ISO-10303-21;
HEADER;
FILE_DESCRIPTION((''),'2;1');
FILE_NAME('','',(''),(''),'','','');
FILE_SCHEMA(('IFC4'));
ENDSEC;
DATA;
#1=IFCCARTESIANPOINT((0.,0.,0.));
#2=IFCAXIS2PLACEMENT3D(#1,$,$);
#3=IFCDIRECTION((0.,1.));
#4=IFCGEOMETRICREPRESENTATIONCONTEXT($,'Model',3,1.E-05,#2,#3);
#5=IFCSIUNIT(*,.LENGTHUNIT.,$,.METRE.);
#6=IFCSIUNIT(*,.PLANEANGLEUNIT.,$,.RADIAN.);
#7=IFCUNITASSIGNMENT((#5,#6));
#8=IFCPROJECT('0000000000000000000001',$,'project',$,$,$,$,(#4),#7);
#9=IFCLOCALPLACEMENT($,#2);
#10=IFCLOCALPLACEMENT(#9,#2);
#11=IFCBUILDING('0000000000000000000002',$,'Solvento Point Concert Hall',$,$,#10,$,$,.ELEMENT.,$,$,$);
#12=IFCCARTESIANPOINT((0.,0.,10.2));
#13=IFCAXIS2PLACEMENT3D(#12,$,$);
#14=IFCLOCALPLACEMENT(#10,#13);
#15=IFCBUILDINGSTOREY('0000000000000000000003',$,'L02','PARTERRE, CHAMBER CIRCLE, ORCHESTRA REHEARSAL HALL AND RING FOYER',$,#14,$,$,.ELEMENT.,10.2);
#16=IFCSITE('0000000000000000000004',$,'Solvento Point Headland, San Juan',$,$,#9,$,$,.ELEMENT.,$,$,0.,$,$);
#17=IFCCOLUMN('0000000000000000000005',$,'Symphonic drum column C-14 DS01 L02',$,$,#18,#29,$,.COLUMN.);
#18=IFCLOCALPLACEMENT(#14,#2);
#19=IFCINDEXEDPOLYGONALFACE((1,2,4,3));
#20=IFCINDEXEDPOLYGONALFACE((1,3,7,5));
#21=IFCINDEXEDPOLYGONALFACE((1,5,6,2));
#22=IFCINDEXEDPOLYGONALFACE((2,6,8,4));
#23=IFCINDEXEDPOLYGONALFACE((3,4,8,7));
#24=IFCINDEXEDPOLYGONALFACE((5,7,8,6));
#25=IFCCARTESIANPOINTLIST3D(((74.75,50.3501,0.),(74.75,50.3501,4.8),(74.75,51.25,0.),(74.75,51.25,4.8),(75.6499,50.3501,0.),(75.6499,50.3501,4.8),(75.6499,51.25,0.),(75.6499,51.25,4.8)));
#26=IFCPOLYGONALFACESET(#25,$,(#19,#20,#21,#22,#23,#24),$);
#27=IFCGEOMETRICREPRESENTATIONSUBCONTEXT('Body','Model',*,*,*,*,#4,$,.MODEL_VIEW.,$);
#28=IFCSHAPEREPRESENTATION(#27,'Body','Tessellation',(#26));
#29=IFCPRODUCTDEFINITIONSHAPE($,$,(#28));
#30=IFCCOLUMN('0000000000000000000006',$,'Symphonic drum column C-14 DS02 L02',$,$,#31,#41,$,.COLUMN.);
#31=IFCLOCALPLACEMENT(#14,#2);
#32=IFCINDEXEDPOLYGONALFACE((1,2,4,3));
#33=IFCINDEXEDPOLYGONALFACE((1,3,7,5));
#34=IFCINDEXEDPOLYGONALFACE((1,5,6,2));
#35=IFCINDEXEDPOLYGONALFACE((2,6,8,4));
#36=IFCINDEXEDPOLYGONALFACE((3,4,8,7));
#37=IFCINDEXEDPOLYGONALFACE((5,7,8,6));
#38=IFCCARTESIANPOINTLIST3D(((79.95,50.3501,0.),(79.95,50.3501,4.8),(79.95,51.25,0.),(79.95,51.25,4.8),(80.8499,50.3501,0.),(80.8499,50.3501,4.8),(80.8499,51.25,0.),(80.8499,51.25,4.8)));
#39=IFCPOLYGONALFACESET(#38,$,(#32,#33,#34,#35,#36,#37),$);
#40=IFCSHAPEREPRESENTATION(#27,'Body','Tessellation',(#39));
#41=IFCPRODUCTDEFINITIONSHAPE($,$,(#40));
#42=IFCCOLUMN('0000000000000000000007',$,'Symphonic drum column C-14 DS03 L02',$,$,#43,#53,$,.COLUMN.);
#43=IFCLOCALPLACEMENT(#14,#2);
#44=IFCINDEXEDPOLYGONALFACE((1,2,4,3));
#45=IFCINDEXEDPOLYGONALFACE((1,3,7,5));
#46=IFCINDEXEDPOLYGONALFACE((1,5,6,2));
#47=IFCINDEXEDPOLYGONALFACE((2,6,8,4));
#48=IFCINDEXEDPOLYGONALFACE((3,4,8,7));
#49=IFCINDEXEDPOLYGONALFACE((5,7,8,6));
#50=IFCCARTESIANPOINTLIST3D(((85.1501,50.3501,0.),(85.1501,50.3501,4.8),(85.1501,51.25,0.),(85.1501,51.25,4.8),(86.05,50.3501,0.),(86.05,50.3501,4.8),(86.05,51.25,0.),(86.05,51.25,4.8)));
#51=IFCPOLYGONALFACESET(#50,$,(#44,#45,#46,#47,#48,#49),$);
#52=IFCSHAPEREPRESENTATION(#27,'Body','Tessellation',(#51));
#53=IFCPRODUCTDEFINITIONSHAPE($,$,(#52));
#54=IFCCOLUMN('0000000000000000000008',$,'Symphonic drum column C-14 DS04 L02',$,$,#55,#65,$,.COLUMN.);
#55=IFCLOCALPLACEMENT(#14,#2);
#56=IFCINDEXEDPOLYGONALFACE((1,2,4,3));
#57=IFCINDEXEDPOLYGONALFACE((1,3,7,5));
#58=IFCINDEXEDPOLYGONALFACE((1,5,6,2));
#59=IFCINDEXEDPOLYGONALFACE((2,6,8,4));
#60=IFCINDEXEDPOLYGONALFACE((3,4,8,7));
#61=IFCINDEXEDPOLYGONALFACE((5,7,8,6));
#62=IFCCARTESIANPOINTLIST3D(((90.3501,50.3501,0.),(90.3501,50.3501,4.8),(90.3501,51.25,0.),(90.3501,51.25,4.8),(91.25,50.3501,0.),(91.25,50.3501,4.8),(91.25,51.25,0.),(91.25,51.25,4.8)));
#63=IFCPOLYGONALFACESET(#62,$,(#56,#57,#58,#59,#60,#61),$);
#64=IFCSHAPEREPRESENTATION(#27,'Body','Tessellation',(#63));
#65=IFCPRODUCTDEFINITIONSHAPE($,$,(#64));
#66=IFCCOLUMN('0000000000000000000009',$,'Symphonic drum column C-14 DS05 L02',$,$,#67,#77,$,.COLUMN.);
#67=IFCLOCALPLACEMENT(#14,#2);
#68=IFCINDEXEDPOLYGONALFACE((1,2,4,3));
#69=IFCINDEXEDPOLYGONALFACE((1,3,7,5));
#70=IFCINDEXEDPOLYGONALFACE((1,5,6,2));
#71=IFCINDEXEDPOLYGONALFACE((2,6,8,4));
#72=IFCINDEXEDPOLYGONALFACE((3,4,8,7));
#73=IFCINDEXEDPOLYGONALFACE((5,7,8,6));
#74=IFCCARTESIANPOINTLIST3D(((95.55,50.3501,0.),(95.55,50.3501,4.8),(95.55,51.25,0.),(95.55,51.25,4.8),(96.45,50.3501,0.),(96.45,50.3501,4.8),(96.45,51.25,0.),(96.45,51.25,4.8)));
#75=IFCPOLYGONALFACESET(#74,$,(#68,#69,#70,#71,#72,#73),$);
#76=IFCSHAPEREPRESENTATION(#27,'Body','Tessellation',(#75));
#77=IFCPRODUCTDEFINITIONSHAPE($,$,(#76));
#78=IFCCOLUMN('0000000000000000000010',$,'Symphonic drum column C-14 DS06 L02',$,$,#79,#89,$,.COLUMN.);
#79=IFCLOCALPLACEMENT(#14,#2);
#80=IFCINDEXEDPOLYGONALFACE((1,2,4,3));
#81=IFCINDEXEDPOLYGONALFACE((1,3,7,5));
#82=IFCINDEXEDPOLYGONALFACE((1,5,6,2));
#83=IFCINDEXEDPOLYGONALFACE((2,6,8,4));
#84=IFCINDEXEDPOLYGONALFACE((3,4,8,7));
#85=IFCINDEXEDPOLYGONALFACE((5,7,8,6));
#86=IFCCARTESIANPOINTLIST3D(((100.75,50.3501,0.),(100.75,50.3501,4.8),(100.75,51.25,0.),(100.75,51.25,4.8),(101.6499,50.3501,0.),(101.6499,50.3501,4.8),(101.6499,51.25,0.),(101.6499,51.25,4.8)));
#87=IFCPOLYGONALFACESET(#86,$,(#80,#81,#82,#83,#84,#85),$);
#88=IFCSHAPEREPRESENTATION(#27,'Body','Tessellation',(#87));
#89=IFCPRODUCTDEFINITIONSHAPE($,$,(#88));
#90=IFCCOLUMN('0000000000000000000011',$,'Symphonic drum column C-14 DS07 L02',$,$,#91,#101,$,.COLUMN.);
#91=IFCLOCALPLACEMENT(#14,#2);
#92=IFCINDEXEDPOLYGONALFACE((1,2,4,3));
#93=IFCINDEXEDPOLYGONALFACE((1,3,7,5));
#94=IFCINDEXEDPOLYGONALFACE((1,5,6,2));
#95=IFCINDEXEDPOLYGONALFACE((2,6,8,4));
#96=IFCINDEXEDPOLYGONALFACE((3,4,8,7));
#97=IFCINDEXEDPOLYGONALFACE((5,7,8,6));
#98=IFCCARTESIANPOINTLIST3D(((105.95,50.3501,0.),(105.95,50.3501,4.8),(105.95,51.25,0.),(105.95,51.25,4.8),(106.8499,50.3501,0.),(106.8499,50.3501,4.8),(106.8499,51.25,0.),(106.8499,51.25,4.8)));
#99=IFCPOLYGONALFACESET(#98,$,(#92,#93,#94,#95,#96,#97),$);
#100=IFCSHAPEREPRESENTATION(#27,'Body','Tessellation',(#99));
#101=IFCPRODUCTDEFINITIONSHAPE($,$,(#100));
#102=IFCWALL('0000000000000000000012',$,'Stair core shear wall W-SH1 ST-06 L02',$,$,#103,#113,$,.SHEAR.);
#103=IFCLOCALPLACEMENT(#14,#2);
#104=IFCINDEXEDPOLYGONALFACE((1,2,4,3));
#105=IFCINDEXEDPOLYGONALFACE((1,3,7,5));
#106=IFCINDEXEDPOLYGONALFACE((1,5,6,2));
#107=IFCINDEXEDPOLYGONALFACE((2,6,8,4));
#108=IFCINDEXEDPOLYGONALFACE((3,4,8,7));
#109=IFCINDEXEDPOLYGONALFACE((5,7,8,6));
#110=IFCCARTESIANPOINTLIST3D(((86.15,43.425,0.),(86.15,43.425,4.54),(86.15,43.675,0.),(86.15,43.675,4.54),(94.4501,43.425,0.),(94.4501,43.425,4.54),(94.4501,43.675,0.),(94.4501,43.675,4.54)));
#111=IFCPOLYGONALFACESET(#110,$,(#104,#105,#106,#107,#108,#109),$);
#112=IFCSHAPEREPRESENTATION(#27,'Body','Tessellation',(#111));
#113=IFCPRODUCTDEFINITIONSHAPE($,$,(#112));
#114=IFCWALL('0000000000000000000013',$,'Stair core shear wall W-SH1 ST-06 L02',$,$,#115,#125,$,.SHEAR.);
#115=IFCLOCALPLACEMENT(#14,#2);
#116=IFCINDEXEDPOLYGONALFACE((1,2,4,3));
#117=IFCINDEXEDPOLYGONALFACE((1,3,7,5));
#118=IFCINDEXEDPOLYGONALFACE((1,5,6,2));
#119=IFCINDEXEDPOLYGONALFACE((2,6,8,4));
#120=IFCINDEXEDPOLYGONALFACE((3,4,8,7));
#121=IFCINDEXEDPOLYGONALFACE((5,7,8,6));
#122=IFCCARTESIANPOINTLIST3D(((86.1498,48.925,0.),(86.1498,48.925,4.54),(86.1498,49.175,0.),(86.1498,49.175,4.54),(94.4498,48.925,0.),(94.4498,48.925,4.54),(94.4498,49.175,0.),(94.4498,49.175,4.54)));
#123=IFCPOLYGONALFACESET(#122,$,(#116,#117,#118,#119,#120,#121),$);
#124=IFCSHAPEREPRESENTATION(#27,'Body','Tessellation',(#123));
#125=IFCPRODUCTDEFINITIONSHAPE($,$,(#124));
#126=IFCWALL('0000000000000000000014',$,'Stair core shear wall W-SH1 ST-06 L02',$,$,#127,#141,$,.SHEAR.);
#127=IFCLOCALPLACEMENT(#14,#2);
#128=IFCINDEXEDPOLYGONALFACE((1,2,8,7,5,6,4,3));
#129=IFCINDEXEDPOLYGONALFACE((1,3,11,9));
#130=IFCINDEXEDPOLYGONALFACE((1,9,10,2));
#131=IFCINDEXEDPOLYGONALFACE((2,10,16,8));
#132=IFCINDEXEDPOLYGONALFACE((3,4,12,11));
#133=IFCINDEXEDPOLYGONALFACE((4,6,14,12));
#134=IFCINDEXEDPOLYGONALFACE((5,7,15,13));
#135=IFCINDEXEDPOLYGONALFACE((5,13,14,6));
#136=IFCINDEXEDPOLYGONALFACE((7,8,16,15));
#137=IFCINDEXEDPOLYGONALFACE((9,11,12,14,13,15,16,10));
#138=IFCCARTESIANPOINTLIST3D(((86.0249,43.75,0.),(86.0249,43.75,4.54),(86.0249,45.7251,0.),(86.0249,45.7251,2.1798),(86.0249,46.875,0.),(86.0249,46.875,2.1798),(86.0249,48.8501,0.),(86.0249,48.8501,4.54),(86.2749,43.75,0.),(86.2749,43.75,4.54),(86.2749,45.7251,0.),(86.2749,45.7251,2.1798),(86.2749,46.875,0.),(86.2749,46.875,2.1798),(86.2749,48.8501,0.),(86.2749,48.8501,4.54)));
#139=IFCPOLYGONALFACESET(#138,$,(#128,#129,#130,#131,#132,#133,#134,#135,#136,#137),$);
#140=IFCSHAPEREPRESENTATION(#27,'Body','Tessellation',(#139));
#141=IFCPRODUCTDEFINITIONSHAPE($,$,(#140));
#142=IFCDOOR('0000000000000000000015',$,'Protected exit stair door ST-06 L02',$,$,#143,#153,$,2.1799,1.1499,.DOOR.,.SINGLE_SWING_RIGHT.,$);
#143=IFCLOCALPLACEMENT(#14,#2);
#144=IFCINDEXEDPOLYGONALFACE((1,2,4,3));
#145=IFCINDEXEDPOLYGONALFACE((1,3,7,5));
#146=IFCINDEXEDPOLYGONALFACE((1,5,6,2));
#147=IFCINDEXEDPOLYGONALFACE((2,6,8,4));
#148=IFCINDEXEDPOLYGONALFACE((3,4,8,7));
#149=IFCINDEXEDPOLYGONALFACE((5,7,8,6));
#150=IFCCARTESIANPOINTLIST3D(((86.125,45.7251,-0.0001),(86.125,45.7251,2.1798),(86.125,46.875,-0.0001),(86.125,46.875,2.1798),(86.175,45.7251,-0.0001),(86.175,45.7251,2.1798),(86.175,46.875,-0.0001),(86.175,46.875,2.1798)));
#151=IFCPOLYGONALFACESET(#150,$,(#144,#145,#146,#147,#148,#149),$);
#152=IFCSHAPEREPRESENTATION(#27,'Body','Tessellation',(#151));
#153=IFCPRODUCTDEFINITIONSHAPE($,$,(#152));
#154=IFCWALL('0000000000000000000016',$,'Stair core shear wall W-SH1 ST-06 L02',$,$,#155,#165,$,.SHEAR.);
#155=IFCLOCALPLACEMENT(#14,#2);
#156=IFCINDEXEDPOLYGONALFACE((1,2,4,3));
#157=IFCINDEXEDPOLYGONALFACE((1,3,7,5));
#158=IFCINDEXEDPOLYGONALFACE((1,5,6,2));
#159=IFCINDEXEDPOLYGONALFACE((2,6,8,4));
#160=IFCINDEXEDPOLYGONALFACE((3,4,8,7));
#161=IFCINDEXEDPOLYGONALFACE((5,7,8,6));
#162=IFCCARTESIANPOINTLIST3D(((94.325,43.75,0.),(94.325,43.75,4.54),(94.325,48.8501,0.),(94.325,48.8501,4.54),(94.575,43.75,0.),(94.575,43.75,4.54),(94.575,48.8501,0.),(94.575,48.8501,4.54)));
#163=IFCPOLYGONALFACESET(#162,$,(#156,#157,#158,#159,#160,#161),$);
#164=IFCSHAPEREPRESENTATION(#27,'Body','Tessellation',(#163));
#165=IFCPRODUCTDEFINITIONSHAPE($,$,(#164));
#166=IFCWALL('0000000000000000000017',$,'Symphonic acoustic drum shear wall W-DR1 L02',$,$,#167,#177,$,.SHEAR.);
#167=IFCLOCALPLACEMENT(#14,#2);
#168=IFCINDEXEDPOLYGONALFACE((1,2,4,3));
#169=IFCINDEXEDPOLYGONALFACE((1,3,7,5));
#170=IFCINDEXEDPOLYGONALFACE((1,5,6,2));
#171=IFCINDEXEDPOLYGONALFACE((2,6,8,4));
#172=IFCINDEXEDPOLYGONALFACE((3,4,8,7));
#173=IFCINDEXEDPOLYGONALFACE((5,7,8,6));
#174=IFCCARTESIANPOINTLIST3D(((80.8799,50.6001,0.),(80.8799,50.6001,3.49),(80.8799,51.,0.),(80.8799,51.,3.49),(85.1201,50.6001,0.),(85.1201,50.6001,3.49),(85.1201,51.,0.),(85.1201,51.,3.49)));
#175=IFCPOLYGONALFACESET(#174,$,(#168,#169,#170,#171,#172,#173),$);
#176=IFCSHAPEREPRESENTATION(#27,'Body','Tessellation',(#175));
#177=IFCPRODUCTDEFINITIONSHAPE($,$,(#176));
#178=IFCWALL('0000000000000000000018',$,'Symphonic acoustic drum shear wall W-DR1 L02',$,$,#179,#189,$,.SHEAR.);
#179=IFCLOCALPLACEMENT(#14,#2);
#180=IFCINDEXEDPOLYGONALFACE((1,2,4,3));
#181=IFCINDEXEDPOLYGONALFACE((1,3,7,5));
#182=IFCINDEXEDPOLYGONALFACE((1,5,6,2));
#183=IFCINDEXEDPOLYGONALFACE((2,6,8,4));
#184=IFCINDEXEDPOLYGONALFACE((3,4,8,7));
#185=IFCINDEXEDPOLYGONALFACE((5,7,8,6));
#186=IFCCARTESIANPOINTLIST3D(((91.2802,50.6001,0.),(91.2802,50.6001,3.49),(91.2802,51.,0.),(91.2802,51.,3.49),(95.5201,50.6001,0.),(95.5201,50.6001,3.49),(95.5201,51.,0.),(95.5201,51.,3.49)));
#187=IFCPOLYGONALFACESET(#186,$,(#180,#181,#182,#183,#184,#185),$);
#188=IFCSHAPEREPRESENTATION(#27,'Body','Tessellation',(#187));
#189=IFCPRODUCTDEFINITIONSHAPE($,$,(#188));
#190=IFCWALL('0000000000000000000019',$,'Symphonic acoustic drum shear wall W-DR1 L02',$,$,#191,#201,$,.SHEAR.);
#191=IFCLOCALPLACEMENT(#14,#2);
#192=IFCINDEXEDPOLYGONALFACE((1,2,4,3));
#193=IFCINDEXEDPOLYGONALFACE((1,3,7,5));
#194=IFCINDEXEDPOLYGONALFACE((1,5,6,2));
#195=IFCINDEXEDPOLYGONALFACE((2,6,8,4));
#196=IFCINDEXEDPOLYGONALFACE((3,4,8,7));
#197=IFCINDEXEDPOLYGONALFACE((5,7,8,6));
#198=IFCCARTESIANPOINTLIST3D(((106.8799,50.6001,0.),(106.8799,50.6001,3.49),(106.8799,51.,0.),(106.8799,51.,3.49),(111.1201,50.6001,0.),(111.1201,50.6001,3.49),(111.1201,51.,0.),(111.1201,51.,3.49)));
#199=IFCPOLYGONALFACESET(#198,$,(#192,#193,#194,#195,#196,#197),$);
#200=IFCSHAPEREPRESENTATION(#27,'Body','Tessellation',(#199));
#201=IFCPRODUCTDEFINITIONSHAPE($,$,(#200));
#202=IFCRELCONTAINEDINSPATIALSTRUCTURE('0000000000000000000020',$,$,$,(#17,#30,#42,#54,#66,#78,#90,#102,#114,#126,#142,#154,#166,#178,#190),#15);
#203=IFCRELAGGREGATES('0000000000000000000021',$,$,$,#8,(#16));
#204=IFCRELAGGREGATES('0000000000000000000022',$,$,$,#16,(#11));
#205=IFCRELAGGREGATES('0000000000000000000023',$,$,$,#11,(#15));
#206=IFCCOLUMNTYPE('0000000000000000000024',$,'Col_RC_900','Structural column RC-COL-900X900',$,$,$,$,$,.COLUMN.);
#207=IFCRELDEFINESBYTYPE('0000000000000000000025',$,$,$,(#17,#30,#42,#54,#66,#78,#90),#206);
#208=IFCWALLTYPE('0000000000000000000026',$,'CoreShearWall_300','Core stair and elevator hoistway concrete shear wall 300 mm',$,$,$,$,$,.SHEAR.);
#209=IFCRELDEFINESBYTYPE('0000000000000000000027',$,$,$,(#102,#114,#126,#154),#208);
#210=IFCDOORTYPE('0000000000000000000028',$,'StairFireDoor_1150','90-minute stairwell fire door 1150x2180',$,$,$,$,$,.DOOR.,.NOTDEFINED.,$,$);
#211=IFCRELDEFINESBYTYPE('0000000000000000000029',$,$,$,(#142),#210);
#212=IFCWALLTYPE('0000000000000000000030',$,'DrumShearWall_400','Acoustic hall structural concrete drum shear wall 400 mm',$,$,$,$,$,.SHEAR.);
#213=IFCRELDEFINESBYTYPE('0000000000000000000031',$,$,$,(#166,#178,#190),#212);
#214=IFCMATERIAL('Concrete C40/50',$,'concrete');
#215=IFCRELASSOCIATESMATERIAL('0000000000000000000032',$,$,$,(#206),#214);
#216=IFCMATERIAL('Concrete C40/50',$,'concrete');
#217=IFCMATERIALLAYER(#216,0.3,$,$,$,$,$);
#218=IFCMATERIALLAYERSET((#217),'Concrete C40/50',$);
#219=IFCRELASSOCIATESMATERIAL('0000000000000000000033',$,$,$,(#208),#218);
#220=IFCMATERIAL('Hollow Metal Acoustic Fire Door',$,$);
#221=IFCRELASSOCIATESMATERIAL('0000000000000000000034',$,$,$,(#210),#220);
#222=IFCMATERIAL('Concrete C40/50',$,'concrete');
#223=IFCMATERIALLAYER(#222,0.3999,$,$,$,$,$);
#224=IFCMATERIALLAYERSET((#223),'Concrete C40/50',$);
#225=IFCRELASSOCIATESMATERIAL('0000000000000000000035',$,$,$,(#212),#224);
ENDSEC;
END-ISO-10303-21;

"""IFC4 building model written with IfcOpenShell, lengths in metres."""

from ifc_helpers import new_model, si_unit, direction, frame, frame_2d, origin, origin_2d, place, context, subcontext, project, spatial, rectangle, extrude, material, layer, layer_set, material_profile, profile_set, type_object, element, fill, save


model = new_model("IFC4")

# Units and contexts
model_context = context("Model", 3, precision=1e-05, world=origin(), true_north=direction((0.0, 1.0)))
body_context = subcontext(model_context, "Body", "Model", "MODEL_VIEW")
ifc_project = project(units=[si_unit("LENGTHUNIT", "METRE"), si_unit("PLANEANGLEUNIT", "RADIAN")], contexts=[model_context])

# Site, building, storey
site_placement = place(None, origin())
site = spatial("IfcSite", under=ifc_project, at=site_placement, Name="Solvento Point Headland, San Juan", CompositionType="ELEMENT", RefElevation=0.0)
building_placement = place(site_placement, origin())
building = spatial("IfcBuilding", under=site, at=building_placement, Name="Solvento Point Concert Hall", CompositionType="ELEMENT")
storey_placement = place(building_placement, frame((0.0, 0.0, 10.2)))
storey = spatial("IfcBuildingStorey", under=building, at=storey_placement, Name="L02", Description="PARTERRE, CHAMBER CIRCLE, ORCHESTRA REHEARSAL HALL AND RING FOYER", CompositionType="ELEMENT", Elevation=10.2)

# Columns
ifc_material_1 = material(Name="Concrete C40/50", Category="concrete")
ifc_material_profile = material_profile(ifc_material_1, rectangle(XDim=0.8999, YDim=0.8999, at=origin_2d()), Name="RC-COL-900X900")
ifc_profile_set = profile_set([ifc_material_profile], Name="Concrete C40/50")
column_type = type_object("IfcColumnType", Name="Col_RC_900", Description="Structural column RC-COL-900X900", PredefinedType="COLUMN", material=ifc_profile_set)
for number, where, z_axis, x_axis, name in (
    (1, (75.2, 50.8, 0.0), (0.0, 0.0, 1.0), (1.0, 0.0, 0.0), "Symphonic drum column C-14 DS01 L02"),
    (2, (80.3999, 50.8, 0.0), (0.0, 0.0, 1.0), (1.0, 0.0, 0.0), "Symphonic drum column C-14 DS02 L02"),
    (3, (85.6001, 50.8, 0.0), (0.0, 0.0, 1.0), (1.0, 0.0, 0.0), "Symphonic drum column C-14 DS03 L02"),
    (4, (90.8, 50.8, 0.0), (0.0, 0.0, 1.0), (1.0, 0.0, 0.0), "Symphonic drum column C-14 DS04 L02"),
    (5, (96.0, 50.8, 0.0), (0.0, 0.0, 1.0), (1.0, 0.0, 0.0), "Symphonic drum column C-14 DS05 L02"),
    (6, (101.2, 50.8, 0.0), (0.0, 0.0, 1.0), (1.0, 0.0, 0.0), "Symphonic drum column C-14 DS06 L02"),
    (7, (106.3999, 50.8, 0.0), (0.0, 0.0, 1.0), (1.0, 0.0, 0.0), "Symphonic drum column C-14 DS07 L02"),
):
    element("IfcColumn", number, at=place(storey_placement, frame(where, z_axis=z_axis, x_axis=x_axis)), inside=storey, type_object=column_type, Name=name, PredefinedType="COLUMN", context=body_context, shape_type="SweptSolid", body=[
        extrude(rectangle(XDim=0.8999, YDim=0.8999, at=origin_2d()), origin(), (0.0, 0.0, 1.0), 4.8),
    ])

# Walls
ifc_material_2 = material(Name="Concrete C40/50", Category="concrete")
ifc_layer_1 = layer(ifc_material_2, 0.3)
ifc_layer_set_1 = layer_set([ifc_layer_1], Name="Concrete C40/50")
wall_type_1 = type_object("IfcWallType", Name="CoreShearWall_300", Description="Core stair and elevator hoistway concrete shear wall 300 mm", PredefinedType="SHEAR", material=ifc_layer_set_1)
for number, where, z_axis, x_axis, name in (
    (8, (94.45, 43.55, 0.0), (0.0, 0.0, 1.0), (-1.0, 0.0, 0.0), "Stair core shear wall W-SH1 ST-06 L02"),
    (9, (86.1499, 49.05, 0.0), (0.0, 0.0, 1.0), (1.0, 0.0, 0.0), "Stair core shear wall W-SH1 ST-06 L02"),
):
    element("IfcWall", number, at=place(storey_placement, frame(where, z_axis=z_axis, x_axis=x_axis)), inside=storey, type_object=wall_type_1, Name=name, PredefinedType="SHEAR", context=body_context, shape_type="SweptSolid", body=[
        extrude(rectangle(XDim=8.3, YDim=0.25, at=frame_2d((4.1499, 0.0))), origin(), (0.0, 0.0, 1.0), 4.54),
    ])

# Wall, opening, door
wall_1_placement = place(storey_placement, frame((86.1499, 43.75, 0.0), z_axis=(0.0, 0.0, 1.0), x_axis=(0.0, 1.0, 0.0)))
wall_1 = element("IfcWall", 10, at=wall_1_placement, inside=storey, type_object=wall_type_1, Name="Stair core shear wall W-SH1 ST-06 L02", PredefinedType="SHEAR", context=body_context, shape_type="SweptSolid", body=[
    extrude(rectangle(XDim=5.1001, YDim=0.25, at=frame_2d((2.55, 0.0))), origin(), (0.0, 0.0, 1.0), 4.54),
])
opening_placement = place(wall_1_placement, frame((1.9751, 0.0, 0.0)))
opening = element("IfcOpeningElement", 11, at=opening_placement, cuts=wall_1, PredefinedType="OPENING", context=body_context, shape_type="SweptSolid", body=[
    extrude(rectangle(XDim=1.1499, YDim=2.1799, at=frame_2d((0.575, 1.0898))), frame((0.0, 0.135, 0.0), z_axis=(0.0, -1.0, 0.0), x_axis=(1.0, 0.0, 0.0)), (0.0, 0.0, 1.0), 0.27),
])
ifc_material_3 = material(Name="Hollow Metal Acoustic Fire Door")
door_type = type_object("IfcDoorType", Name="StairFireDoor_1150", Description="90-minute stairwell fire door 1150x2180", OperationType="NOTDEFINED", PredefinedType="DOOR", material=ifc_material_3)
door_placement = place(opening_placement, origin())
door = element("IfcDoor", 12, at=door_placement, inside=storey, type_object=door_type, Name="Protected exit stair door ST-06 L02", OperationType="SINGLE_SWING_RIGHT", OverallHeight=2.1799, OverallWidth=1.1499, PredefinedType="DOOR", context=body_context, shape_type="SweptSolid", body=[
    extrude(rectangle(XDim=1.1499, YDim=2.1799, at=frame_2d((0.575, 1.0898))), frame((0.0, 0.0249, 0.0), z_axis=(0.0, -1.0, 0.0), x_axis=(1.0, 0.0, 0.0)), (0.0, 0.0, 1.0), 0.05),
])
fill(opening, door)

# Walls
wall_2_placement = place(storey_placement, frame((94.45, 48.8501, 0.0), z_axis=(0.0, 0.0, 1.0), x_axis=(0.0, -1.0, 0.0)))
element("IfcWall", 13, at=wall_2_placement, inside=storey, type_object=wall_type_1, Name="Stair core shear wall W-SH1 ST-06 L02", PredefinedType="SHEAR", context=body_context, shape_type="SweptSolid", body=[
    extrude(rectangle(XDim=5.1001, YDim=0.25, at=frame_2d((2.55, 0.0))), origin(), (0.0, 0.0, 1.0), 4.54),
])
ifc_material_4 = material(Name="Concrete C40/50", Category="concrete")
ifc_layer_2 = layer(ifc_material_4, 0.3999)
ifc_layer_set_2 = layer_set([ifc_layer_2], Name="Concrete C40/50")
wall_type_2 = type_object("IfcWallType", Name="DrumShearWall_400", Description="Acoustic hall structural concrete drum shear wall 400 mm", PredefinedType="SHEAR", material=ifc_layer_set_2)
wall_3_placement = place(storey_placement, frame((80.8799, 50.8, 0.0), z_axis=(0.0, 0.0, 1.0), x_axis=(1.0, 0.0, 0.0)))
element("IfcWall", 14, at=wall_3_placement, inside=storey, type_object=wall_type_2, Name="Symphonic acoustic drum shear wall W-DR1 L02", PredefinedType="SHEAR", context=body_context, shape_type="SweptSolid", body=[
    extrude(rectangle(XDim=4.2402, YDim=0.3999, at=frame_2d((2.1201, 0.0))), origin(), (0.0, 0.0, 1.0), 3.49),
])
wall_4_placement = place(storey_placement, frame((91.28, 50.8, 0.0), z_axis=(0.0, 0.0, 1.0), x_axis=(1.0, 0.0, 0.0)))
element("IfcWall", 15, at=wall_4_placement, inside=storey, type_object=wall_type_2, Name="Symphonic acoustic drum shear wall W-DR1 L02", PredefinedType="SHEAR", context=body_context, shape_type="SweptSolid", body=[
    extrude(rectangle(XDim=4.24, YDim=0.3999, at=frame_2d((2.1201, 0.0))), origin(), (0.0, 0.0, 1.0), 3.49),
])
wall_5_placement = place(storey_placement, frame((106.8799, 50.8, 0.0), z_axis=(0.0, 0.0, 1.0), x_axis=(1.0, 0.0, 0.0)))
element("IfcWall", 16, at=wall_5_placement, inside=storey, type_object=wall_type_2, Name="Symphonic acoustic drum shear wall W-DR1 L02", PredefinedType="SHEAR", context=body_context, shape_type="SweptSolid", body=[
    extrude(rectangle(XDim=4.2402, YDim=0.3999, at=frame_2d((2.1201, 0.0))), origin(), (0.0, 0.0, 1.0), 3.49),
])

save(model, "model.ifc")
